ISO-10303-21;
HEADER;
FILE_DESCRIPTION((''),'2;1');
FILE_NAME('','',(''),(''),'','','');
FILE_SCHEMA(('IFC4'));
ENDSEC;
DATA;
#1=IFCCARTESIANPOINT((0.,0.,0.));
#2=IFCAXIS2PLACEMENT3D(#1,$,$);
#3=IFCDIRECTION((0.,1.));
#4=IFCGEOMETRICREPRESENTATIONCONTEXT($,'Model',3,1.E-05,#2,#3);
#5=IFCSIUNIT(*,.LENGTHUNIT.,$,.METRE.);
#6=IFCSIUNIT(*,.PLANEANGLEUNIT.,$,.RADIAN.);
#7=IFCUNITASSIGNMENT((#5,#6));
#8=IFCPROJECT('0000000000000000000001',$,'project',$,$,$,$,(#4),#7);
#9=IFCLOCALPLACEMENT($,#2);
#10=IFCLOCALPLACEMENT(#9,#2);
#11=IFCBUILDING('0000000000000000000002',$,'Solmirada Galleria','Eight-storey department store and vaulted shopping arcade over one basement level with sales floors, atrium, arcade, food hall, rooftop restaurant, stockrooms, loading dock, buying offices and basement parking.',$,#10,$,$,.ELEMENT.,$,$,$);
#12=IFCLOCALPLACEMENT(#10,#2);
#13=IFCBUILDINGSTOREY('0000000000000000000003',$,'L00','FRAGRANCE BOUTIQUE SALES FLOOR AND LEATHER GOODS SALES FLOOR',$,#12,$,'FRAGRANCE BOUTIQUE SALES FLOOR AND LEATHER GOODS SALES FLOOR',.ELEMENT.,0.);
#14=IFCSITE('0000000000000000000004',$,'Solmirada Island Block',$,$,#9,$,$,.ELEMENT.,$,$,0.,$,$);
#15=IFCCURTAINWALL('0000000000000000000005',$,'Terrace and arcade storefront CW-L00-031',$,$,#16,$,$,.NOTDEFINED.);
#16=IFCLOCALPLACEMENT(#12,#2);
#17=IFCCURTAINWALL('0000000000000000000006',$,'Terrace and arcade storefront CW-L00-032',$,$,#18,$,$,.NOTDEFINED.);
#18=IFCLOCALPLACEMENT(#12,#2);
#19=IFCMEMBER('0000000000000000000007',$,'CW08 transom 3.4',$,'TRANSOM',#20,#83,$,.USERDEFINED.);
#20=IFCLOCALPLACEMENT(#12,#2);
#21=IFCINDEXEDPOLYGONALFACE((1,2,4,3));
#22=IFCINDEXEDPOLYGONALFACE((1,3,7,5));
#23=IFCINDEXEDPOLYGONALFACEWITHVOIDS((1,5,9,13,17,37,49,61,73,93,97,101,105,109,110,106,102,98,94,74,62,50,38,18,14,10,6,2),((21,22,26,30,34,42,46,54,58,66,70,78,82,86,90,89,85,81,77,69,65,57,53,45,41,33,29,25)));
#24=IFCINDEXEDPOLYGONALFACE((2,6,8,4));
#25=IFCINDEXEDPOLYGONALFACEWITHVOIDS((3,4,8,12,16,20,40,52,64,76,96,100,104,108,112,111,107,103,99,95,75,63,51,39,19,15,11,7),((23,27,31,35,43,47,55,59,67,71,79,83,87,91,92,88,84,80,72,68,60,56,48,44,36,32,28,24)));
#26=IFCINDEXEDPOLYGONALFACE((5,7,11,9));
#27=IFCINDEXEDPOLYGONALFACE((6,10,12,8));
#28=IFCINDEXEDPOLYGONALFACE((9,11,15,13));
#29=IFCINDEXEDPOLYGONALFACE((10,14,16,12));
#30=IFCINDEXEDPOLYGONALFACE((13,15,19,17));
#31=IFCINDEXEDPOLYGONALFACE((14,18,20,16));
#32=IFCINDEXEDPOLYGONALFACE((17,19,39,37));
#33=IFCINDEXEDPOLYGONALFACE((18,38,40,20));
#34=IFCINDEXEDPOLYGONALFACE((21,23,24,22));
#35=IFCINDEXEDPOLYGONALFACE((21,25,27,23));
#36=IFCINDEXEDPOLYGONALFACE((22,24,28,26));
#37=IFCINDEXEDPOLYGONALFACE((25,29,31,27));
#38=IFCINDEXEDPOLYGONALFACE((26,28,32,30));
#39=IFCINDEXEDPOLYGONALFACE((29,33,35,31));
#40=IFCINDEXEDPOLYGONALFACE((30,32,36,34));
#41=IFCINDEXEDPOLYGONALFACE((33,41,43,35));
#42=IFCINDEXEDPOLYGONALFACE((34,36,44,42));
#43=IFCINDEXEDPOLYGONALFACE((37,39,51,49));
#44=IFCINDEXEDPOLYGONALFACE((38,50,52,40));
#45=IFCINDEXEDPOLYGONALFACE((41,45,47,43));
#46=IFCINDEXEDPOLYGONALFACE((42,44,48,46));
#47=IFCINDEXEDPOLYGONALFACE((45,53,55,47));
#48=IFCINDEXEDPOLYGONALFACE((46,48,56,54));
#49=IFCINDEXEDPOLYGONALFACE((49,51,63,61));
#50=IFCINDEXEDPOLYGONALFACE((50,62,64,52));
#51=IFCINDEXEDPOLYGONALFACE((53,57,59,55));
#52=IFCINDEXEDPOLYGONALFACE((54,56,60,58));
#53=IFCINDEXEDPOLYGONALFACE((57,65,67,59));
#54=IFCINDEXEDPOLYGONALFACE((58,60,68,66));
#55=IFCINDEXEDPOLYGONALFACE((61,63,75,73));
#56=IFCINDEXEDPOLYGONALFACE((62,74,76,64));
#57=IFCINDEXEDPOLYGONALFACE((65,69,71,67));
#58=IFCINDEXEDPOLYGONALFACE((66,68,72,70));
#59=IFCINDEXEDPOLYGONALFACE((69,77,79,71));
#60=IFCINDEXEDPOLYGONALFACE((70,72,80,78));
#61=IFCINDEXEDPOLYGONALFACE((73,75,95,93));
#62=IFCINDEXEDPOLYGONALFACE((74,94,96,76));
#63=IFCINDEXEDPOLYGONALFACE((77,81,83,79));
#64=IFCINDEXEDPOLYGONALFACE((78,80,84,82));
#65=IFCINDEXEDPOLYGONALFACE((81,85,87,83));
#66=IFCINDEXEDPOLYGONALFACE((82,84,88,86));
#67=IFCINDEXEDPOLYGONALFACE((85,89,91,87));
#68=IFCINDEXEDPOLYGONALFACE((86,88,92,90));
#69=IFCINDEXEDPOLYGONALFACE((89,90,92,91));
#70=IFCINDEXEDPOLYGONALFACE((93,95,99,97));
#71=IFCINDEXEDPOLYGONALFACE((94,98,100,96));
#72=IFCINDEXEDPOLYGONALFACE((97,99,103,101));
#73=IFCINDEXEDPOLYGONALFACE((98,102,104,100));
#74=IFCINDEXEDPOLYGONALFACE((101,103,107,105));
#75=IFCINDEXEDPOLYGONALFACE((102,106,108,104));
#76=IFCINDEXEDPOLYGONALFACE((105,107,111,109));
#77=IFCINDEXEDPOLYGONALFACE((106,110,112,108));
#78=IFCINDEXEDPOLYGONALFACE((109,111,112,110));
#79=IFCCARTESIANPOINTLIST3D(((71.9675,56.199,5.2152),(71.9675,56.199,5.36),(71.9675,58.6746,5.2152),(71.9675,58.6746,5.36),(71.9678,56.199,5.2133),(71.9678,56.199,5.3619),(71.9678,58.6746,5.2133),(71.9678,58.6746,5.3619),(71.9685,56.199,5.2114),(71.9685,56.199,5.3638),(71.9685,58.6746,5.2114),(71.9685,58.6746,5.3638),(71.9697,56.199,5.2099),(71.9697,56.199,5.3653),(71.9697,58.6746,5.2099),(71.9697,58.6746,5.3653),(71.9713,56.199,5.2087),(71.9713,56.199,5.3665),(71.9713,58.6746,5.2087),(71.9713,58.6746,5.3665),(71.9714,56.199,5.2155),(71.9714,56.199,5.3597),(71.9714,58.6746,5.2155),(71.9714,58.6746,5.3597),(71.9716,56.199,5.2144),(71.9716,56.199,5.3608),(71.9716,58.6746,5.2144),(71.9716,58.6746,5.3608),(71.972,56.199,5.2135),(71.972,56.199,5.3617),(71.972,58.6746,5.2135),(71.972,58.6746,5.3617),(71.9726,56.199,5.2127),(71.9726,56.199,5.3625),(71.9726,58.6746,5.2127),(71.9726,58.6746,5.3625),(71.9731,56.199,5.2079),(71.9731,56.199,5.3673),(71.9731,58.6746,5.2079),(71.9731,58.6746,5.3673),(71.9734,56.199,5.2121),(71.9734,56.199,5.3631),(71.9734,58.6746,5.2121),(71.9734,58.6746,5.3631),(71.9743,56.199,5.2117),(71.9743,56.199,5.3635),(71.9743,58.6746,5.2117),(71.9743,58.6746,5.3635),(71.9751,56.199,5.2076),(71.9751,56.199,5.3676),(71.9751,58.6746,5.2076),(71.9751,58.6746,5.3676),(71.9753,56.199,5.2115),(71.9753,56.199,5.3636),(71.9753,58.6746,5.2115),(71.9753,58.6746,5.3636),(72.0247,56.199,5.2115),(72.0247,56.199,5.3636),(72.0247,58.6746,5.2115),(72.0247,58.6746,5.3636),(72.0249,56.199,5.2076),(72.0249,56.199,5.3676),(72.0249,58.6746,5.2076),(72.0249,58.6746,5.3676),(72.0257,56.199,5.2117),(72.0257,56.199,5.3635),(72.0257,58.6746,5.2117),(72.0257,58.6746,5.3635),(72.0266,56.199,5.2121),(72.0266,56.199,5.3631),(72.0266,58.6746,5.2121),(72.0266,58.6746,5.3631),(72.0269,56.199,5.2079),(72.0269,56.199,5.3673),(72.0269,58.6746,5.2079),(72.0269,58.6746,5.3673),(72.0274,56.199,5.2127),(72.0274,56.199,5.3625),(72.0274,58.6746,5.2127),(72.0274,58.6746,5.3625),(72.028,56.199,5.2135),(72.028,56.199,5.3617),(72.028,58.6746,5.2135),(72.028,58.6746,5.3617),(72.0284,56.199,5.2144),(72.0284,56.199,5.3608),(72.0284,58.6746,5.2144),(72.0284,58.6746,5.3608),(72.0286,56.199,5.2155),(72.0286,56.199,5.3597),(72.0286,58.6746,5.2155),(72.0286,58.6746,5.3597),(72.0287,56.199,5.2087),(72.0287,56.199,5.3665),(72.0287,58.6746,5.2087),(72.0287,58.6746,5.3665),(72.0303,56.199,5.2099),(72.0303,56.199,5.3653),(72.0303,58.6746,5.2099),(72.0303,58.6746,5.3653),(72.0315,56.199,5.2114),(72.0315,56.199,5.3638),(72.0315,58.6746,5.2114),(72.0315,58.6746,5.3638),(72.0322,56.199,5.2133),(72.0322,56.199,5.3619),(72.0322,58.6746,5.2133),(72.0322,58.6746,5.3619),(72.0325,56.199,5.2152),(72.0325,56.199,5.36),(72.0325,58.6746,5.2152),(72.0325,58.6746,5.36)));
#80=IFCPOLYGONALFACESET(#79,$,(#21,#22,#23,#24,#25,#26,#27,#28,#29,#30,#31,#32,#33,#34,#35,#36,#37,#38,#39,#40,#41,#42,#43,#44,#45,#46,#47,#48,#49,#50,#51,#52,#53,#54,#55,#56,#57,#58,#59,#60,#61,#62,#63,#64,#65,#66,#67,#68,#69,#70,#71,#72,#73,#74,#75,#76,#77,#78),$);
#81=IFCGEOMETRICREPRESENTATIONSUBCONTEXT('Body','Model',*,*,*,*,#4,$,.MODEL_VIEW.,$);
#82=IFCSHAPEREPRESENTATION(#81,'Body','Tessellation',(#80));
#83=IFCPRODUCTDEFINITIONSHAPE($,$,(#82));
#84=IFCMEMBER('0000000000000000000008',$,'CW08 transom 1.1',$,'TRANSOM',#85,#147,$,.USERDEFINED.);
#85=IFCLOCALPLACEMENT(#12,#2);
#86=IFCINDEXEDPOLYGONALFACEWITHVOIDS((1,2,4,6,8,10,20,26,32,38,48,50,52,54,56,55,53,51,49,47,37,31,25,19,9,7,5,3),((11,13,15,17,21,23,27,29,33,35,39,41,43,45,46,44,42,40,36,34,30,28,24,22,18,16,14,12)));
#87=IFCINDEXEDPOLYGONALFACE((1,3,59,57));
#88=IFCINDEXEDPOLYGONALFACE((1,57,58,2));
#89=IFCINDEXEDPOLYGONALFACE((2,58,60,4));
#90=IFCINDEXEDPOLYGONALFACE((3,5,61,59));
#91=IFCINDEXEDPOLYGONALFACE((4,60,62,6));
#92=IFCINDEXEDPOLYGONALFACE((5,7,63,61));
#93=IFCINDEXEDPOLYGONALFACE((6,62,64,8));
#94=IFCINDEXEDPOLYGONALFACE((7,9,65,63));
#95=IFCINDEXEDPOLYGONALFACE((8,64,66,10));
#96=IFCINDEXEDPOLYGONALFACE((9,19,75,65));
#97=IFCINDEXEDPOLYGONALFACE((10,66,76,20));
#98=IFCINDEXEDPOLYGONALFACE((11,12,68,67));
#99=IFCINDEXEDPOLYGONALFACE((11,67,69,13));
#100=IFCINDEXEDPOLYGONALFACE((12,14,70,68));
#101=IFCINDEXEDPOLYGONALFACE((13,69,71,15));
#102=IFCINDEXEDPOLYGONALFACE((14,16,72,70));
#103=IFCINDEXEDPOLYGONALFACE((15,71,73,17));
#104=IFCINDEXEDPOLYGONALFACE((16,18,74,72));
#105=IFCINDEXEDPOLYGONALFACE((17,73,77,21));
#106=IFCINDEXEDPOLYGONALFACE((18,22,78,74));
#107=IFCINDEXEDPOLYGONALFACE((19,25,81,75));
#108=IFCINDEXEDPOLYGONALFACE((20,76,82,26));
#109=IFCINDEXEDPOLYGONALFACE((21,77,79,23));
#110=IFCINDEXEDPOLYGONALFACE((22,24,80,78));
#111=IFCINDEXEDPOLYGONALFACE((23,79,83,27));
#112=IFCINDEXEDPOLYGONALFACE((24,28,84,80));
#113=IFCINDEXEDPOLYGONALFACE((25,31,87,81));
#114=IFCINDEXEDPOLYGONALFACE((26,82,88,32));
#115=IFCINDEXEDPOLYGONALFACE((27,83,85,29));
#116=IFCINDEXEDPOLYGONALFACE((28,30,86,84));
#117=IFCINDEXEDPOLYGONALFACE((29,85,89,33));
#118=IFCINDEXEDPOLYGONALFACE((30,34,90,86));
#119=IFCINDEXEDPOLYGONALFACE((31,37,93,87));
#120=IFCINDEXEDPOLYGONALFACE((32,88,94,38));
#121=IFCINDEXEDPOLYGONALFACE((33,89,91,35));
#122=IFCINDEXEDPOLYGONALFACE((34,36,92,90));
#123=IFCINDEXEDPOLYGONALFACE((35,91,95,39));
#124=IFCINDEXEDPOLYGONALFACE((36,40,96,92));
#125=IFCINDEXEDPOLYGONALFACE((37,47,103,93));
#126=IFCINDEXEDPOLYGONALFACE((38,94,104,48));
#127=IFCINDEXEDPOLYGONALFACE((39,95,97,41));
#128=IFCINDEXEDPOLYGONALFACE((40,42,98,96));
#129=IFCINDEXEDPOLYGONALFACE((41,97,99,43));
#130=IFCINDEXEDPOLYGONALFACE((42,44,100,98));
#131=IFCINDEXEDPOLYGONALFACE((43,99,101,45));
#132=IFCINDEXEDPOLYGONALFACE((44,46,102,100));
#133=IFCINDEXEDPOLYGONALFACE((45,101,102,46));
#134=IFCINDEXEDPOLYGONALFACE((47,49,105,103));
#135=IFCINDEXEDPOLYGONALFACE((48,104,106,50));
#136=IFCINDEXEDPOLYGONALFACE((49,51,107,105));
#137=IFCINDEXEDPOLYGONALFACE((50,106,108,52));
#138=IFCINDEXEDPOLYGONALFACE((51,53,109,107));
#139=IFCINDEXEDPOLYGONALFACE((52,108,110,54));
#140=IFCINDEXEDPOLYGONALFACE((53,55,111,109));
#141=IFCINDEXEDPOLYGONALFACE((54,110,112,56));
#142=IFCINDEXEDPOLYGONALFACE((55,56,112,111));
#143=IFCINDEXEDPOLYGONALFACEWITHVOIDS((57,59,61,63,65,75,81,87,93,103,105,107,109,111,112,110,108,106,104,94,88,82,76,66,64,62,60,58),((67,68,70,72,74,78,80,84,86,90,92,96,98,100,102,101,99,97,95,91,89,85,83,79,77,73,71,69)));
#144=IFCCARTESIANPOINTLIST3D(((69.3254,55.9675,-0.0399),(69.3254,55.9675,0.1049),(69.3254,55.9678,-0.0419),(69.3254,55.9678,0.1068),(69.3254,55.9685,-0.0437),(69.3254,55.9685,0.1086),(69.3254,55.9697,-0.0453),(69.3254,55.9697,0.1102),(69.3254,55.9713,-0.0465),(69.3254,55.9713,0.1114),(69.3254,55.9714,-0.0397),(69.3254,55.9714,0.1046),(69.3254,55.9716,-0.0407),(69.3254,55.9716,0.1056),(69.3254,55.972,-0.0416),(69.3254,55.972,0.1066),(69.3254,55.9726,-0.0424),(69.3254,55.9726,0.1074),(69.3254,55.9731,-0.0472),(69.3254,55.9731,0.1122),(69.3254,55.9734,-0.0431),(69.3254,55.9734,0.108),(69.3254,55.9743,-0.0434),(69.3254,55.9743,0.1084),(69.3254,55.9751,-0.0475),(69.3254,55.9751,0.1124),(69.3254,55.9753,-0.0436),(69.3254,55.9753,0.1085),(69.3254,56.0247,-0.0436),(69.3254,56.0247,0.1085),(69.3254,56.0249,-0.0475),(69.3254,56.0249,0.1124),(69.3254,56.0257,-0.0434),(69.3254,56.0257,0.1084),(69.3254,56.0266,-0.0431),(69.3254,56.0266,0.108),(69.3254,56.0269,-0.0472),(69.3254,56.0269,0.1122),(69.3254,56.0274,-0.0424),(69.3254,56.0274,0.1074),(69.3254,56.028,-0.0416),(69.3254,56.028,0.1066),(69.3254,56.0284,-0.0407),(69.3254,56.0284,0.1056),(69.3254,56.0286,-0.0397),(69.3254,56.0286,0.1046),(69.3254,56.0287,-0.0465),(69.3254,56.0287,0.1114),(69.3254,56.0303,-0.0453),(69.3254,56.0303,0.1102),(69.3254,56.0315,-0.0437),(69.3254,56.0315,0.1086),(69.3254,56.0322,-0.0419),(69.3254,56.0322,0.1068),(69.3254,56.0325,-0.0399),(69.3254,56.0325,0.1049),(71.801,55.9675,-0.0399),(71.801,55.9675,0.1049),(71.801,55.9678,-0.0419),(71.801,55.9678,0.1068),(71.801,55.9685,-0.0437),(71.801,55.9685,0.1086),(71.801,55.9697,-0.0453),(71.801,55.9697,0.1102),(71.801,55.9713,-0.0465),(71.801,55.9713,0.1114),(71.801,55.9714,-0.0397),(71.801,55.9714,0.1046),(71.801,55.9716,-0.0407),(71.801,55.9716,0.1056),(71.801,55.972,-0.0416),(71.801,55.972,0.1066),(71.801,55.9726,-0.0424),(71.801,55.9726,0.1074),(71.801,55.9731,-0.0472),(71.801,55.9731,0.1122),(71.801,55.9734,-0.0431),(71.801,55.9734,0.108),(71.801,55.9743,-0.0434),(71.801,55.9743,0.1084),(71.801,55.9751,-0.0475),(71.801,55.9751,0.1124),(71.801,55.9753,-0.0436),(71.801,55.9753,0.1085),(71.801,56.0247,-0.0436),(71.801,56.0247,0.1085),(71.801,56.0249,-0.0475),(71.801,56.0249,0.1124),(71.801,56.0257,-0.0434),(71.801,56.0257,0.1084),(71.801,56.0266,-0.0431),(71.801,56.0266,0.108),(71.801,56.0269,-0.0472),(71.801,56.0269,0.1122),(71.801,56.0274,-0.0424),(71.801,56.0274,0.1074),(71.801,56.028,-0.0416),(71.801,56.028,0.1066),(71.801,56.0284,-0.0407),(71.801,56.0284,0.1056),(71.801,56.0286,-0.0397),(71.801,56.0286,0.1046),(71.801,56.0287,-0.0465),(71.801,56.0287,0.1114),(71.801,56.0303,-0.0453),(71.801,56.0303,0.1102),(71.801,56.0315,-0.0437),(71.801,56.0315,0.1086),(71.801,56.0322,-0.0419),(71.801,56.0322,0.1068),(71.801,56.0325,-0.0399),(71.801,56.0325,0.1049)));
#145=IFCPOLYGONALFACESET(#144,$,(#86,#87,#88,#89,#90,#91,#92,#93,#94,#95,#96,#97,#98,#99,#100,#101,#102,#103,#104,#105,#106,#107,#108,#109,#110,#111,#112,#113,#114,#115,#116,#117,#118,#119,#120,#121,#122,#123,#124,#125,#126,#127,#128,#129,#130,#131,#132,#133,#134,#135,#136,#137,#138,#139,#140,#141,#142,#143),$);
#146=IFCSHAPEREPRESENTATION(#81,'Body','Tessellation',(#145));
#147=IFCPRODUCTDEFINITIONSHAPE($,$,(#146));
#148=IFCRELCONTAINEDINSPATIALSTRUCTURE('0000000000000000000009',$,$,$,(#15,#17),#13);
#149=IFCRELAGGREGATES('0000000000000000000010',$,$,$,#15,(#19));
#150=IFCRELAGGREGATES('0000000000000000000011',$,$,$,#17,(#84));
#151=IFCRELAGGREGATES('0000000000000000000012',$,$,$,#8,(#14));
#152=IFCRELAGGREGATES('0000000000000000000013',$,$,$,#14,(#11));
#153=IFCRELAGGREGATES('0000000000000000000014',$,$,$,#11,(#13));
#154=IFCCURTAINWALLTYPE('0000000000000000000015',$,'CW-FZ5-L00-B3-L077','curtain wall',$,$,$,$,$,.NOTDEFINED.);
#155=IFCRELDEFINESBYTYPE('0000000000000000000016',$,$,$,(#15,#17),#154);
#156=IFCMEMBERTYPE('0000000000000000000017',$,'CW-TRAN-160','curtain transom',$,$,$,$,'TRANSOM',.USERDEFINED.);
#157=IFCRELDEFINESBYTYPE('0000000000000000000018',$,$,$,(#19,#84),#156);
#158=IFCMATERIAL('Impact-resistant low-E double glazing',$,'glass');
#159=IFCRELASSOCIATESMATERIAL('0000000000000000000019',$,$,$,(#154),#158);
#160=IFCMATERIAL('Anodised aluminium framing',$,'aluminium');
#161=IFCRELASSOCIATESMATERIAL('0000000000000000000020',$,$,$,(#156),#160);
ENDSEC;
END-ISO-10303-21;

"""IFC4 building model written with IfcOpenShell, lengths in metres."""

from ifc_helpers import new_model, si_unit, direction, frame, origin, origin_2d, place, context, subcontext, project, spatial, hollow_rectangle, extrude, material, material_profile, profile_set, type_object, element, aggregate, save


model = new_model("IFC4")

# Units and contexts
model_context = context("Model", 3, precision=1e-05, world=origin(), true_north=direction((0.0, 1.0)))
body_context = subcontext(model_context, "Body", "Model", "MODEL_VIEW")
ifc_project = project(units=[si_unit("LENGTHUNIT", "METRE"), si_unit("PLANEANGLEUNIT", "RADIAN")], contexts=[model_context])

# Site, building, storey
site_placement = place(None, origin())
site = spatial("IfcSite", under=ifc_project, at=site_placement, Name="Solmirada Island Block", CompositionType="ELEMENT", RefElevation=0.0)
building_placement = place(site_placement, origin())
building = spatial("IfcBuilding", under=site, at=building_placement, Name="Solmirada Galleria", Description="Eight-storey department store and vaulted shopping arcade over one basement level with sales floors, atrium, arcade, food hall, rooftop restaurant, stockrooms, loading dock, buying offices and basement parking.", CompositionType="ELEMENT")
storey_placement = place(building_placement, origin())
storey = spatial("IfcBuildingStorey", under=building, at=storey_placement, Name="L00", Description="FRAGRANCE BOUTIQUE SALES FLOOR AND LEATHER GOODS SALES FLOOR", LongName="FRAGRANCE BOUTIQUE SALES FLOOR AND LEATHER GOODS SALES FLOOR", CompositionType="ELEMENT", Elevation=0.0)

# Curtain walls
ifc_material_1 = material(Name="Impact-resistant low-E double glazing", Category="glass")
curtain_wall_type = type_object("IfcCurtainWallType", Name="CW-FZ5-L00-B3-L077", Description="curtain wall", PredefinedType="NOTDEFINED", material=ifc_material_1)
curtain_wall_1_placement = place(storey_placement, origin())
curtain_wall_1 = element("IfcCurtainWall", 1, at=curtain_wall_1_placement, inside=storey, type_object=curtain_wall_type, Name="Terrace and arcade storefront CW-L00-031", PredefinedType="NOTDEFINED")
ifc_material_2 = material(Name="Anodised aluminium framing", Category="aluminium")
curtain_wall_2_placement = place(storey_placement, origin())
curtain_wall_2 = element("IfcCurtainWall", 2, at=curtain_wall_2_placement, inside=storey, type_object=curtain_wall_type, Name="Terrace and arcade storefront CW-L00-032", PredefinedType="NOTDEFINED")

# Members
ifc_material_profile_1 = material_profile(ifc_material_2, hollow_rectangle(XDim=0.0649, YDim=0.1599, WallThickness=0.0039, InnerFilletRadius=0.0039, OuterFilletRadius=0.0076, at=origin_2d()), Name="ALU-TRAN-160X65")
ifc_profile_set_1 = profile_set([ifc_material_profile_1], Name="Anodised aluminium framing")
member_type_1 = type_object("IfcMemberType", Name="CW-TRAN-160", Description="curtain transom", ElementType="TRANSOM", PredefinedType="USERDEFINED", material=ifc_profile_set_1)
member_1_placement = place(storey_placement, frame((72.0, 58.6746, 5.2876), z_axis=(0.0, -1.0, 0.0), x_axis=(1.0, 0.0, 0.0)))
member_1 = element("IfcMember", 3, at=member_1_placement, type_object=member_type_1, Name="CW08 transom 3.4", ObjectType="TRANSOM", PredefinedType="USERDEFINED", context=body_context, shape_type="SweptSolid", body=[
    extrude(hollow_rectangle(XDim=0.0649, YDim=0.1599, WallThickness=0.0039, InnerFilletRadius=0.0039, OuterFilletRadius=0.0076, at=origin_2d()), origin(), (0.0, 0.0, 1.0), 2.4756),
])
member_2_placement = place(storey_placement, frame((71.801, 56.0, 0.0325), z_axis=(-1.0, 0.0, 0.0), x_axis=(0.0, -1.0, 0.0)))
member_2 = element("IfcMember", 4, at=member_2_placement, type_object=member_type_1, Name="CW08 transom 1.1", ObjectType="TRANSOM", PredefinedType="USERDEFINED", context=body_context, shape_type="SweptSolid", body=[
    extrude(hollow_rectangle(XDim=0.0649, YDim=0.1599, WallThickness=0.0039, InnerFilletRadius=0.0039, OuterFilletRadius=0.0076, at=origin_2d()), origin(), (0.0, 0.0, 1.0), 2.4756),
])

aggregate(curtain_wall_1, [member_1])
aggregate(curtain_wall_2, [member_2])

save(model, "model.ifc")
